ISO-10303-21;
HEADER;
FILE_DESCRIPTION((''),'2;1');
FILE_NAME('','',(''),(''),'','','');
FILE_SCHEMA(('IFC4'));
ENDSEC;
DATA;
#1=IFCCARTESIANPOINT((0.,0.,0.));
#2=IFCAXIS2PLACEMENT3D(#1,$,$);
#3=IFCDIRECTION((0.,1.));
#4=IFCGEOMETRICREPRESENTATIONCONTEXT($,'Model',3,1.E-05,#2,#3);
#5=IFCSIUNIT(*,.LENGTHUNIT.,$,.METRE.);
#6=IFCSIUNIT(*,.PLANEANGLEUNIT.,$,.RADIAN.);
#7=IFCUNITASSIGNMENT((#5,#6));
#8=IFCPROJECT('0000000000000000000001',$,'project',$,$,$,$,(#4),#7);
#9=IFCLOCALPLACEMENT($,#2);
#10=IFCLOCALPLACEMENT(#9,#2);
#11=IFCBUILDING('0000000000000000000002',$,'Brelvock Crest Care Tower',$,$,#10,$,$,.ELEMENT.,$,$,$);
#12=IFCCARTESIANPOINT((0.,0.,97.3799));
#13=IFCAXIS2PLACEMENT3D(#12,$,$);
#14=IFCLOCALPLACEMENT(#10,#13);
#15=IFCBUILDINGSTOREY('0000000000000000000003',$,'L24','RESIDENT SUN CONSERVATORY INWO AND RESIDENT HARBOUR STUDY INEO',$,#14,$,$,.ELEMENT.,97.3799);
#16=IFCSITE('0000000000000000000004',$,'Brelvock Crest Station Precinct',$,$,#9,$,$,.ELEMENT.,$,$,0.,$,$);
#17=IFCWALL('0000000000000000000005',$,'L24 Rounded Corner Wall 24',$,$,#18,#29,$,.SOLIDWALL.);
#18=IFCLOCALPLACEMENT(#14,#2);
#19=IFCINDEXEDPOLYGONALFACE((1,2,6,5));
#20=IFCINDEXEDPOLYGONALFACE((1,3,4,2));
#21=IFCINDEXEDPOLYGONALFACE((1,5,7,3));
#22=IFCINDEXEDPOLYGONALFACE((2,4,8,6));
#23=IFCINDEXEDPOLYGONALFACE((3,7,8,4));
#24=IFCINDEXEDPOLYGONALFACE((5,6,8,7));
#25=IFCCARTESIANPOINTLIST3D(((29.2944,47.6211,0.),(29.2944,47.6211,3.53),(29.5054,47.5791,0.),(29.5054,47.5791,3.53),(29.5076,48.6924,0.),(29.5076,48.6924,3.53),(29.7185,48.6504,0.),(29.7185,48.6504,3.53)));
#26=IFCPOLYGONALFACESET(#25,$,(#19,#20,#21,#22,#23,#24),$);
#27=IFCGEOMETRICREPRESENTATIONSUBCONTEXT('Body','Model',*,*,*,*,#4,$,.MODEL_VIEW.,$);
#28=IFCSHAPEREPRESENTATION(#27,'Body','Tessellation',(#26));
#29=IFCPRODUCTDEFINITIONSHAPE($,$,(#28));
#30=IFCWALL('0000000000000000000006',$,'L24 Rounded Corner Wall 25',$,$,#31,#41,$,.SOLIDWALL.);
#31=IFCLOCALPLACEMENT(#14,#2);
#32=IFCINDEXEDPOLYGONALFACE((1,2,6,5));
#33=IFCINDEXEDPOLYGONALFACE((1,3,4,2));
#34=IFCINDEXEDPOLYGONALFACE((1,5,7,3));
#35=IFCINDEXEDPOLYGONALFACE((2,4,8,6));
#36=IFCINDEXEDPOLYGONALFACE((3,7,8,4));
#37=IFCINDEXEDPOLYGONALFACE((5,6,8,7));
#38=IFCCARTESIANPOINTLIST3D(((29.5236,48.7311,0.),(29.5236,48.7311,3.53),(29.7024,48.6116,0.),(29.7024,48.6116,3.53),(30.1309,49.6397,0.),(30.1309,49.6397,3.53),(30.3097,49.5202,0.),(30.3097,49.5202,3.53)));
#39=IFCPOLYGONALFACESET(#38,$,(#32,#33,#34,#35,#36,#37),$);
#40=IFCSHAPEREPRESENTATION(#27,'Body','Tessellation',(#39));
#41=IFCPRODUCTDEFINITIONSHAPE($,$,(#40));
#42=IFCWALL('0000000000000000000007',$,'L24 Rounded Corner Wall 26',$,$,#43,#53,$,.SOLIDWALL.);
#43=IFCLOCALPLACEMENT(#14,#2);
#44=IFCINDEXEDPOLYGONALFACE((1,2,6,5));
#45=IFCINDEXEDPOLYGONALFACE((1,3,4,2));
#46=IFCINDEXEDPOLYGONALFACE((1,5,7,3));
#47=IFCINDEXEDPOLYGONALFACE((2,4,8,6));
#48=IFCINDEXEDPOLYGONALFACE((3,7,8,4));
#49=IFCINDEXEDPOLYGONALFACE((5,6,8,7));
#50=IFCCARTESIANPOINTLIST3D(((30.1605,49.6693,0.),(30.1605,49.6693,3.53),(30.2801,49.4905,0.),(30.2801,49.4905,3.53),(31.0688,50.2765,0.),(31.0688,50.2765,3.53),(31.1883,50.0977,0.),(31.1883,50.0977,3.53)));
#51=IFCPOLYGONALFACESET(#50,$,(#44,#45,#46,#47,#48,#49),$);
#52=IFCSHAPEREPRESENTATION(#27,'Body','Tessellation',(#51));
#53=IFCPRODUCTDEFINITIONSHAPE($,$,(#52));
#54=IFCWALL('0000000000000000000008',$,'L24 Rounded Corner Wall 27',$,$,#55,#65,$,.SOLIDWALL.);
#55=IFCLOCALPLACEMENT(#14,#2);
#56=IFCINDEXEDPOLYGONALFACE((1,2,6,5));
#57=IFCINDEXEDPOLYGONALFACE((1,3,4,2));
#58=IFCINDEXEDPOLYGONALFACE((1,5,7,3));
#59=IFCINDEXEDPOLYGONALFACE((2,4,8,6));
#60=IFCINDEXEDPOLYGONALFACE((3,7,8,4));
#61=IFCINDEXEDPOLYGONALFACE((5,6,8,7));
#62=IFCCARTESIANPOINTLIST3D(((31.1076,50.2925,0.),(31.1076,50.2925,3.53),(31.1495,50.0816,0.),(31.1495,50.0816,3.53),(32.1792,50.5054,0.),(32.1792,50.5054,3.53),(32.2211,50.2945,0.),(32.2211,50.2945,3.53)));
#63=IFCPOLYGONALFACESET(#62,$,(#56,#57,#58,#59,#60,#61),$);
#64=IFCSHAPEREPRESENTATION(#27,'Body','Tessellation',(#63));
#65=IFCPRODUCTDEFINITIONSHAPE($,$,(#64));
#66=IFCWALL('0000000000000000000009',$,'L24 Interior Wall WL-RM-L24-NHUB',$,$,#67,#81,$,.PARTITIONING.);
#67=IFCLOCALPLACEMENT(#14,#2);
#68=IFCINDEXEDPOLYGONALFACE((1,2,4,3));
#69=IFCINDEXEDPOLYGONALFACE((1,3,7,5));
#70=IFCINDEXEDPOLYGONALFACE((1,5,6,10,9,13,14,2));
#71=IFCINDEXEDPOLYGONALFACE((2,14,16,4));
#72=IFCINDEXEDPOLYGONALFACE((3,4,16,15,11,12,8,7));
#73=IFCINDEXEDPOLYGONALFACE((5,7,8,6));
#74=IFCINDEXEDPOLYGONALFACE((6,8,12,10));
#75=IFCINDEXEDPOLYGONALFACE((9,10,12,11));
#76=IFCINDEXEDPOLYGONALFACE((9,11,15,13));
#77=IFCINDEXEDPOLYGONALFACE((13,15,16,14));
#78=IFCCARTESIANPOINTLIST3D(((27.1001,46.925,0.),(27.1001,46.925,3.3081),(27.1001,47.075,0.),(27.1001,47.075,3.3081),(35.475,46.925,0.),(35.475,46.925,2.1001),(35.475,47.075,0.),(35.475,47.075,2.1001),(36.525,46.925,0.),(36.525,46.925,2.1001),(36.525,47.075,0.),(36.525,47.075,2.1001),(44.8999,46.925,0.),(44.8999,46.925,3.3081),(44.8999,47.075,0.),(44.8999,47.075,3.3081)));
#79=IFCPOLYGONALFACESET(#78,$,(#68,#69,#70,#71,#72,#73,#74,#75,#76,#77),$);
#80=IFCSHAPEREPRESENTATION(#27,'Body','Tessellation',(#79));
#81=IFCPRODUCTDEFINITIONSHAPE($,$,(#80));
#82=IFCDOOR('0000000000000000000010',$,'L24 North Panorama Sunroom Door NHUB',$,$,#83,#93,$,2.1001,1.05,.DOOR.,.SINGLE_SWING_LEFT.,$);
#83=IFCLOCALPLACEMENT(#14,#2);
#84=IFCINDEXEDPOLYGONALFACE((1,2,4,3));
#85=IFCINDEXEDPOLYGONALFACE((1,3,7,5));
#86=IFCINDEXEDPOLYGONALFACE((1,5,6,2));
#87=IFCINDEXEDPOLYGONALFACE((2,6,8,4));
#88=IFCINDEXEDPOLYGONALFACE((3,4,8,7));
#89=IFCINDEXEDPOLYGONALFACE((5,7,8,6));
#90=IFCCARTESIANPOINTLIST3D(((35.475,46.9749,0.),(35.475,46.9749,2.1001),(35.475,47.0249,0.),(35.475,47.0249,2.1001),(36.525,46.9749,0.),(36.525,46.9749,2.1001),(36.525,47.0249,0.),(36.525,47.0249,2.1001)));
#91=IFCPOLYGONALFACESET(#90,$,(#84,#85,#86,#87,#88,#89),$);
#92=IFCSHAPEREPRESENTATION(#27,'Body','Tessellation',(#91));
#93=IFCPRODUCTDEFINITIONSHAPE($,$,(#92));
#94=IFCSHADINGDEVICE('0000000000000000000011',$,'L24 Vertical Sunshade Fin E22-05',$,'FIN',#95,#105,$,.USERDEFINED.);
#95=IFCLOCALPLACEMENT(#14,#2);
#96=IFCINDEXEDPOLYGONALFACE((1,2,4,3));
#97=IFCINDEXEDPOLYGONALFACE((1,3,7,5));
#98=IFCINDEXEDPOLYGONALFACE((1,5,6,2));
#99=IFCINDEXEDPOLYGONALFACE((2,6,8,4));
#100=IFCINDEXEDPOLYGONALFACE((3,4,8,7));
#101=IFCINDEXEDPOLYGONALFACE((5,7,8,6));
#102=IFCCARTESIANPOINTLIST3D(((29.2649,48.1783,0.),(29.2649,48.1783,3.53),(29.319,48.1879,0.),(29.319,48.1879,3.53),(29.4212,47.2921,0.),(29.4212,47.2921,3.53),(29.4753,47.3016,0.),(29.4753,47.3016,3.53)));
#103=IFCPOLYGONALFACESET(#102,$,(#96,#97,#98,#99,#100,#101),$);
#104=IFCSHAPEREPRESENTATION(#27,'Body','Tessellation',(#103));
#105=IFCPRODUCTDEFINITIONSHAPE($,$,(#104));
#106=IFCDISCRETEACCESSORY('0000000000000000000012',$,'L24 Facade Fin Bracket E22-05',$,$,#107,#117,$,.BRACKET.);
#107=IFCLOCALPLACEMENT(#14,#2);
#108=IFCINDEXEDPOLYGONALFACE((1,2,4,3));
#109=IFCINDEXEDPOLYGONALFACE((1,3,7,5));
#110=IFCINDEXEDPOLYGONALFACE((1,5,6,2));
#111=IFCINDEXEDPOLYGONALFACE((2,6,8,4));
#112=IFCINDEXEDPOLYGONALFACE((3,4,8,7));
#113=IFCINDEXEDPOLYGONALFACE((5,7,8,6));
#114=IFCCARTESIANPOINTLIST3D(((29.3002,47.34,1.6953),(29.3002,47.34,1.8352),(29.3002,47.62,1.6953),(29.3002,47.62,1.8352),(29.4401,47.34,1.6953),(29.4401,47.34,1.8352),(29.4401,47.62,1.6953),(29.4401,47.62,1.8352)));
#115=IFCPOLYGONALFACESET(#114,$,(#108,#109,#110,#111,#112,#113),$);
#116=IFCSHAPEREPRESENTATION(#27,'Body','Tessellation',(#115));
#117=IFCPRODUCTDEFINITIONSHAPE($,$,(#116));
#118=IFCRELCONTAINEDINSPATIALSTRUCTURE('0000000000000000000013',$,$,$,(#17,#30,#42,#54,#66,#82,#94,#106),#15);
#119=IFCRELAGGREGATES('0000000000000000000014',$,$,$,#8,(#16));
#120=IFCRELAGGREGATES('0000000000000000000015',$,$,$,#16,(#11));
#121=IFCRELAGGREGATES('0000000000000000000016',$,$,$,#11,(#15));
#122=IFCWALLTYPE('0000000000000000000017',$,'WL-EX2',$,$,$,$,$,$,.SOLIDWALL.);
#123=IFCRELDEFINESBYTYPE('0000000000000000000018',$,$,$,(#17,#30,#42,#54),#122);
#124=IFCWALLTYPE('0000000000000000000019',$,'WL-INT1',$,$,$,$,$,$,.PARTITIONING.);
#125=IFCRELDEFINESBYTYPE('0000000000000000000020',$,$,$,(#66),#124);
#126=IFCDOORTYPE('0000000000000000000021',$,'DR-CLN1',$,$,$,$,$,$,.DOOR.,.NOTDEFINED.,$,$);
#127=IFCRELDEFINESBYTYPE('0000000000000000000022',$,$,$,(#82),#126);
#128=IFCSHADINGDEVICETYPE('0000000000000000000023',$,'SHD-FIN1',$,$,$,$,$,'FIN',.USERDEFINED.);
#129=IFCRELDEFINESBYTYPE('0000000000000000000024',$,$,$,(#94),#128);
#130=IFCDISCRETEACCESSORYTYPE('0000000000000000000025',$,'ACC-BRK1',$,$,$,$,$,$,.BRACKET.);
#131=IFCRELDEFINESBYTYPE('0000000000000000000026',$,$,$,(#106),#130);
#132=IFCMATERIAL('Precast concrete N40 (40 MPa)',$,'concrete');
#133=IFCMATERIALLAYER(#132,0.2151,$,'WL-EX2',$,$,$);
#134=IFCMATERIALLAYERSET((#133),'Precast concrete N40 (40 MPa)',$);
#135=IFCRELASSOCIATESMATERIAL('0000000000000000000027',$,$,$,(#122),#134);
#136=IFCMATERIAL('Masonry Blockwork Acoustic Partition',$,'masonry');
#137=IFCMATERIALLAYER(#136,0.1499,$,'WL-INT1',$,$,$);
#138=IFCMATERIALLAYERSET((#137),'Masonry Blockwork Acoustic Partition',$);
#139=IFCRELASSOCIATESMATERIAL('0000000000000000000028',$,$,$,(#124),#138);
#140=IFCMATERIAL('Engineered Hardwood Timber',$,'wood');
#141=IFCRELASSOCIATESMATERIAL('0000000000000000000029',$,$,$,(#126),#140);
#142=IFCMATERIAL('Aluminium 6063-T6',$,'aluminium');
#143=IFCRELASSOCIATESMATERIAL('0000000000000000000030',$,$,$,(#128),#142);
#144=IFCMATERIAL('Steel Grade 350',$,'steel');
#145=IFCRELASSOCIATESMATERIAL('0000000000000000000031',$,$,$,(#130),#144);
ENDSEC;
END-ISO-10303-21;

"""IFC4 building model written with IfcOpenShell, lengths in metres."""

from ifc_helpers import new_model, si_unit, direction, frame, frame_2d, origin, origin_2d, place, context, subcontext, project, spatial, rectangle, extrude, source, transform, mapped, material, layer, layer_set, material_profile, profile_set, type_object, element, fill, save


model = new_model("IFC4")

# Units and contexts
model_context = context("Model", 3, precision=1e-05, world=origin(), true_north=direction((0.0, 1.0)))
body_context = subcontext(model_context, "Body", "Model", "MODEL_VIEW")
ifc_project = project(units=[si_unit("LENGTHUNIT", "METRE"), si_unit("PLANEANGLEUNIT", "RADIAN")], contexts=[model_context])

# Site, building, storey
site_placement = place(None, origin())
site = spatial("IfcSite", under=ifc_project, at=site_placement, Name="Brelvock Crest Station Precinct", CompositionType="ELEMENT", RefElevation=0.0)
building_placement = place(site_placement, origin())
building = spatial("IfcBuilding", under=site, at=building_placement, Name="Brelvock Crest Care Tower", CompositionType="ELEMENT")
storey_placement = place(building_placement, frame((0.0, 0.0, 97.3799)))
storey = spatial("IfcBuildingStorey", under=building, at=storey_placement, Name="L24", Description="RESIDENT SUN CONSERVATORY INWO AND RESIDENT HARBOUR STUDY INEO", CompositionType="ELEMENT", Elevation=97.3799)

# Shared definitions
ifc_material_1 = material(Name="Steel Grade 350", Category="steel")

# Shared definitions
ifc_material_2 = material(Name="Aluminium 6063-T6", Category="aluminium")

# Walls
ifc_material_3 = material(Name="Precast concrete N40 (40 MPa)", Category="concrete")
ifc_layer_1 = layer(ifc_material_3, 0.2151, Name="WL-EX2")
ifc_layer_set_1 = layer_set([ifc_layer_1], Name="Precast concrete N40 (40 MPa)")
wall_type_1 = type_object("IfcWallType", Name="WL-EX2", PredefinedType="SOLIDWALL", material=ifc_layer_set_1)
wall_1_placement = place(storey_placement, frame((29.3999, 47.6001, 0.0), z_axis=(0.0, 0.0, 1.0), x_axis=(0.195127, 0.980778, 0.0)))
element("IfcWall", 1, at=wall_1_placement, inside=storey, type_object=wall_type_1, Name="L24 Rounded Corner Wall 24", PredefinedType="SOLIDWALL", context=body_context, shape_type="SweptSolid", body=[
    extrude(rectangle(XDim=1.0923, YDim=0.2151, at=frame_2d((0.5461, 0.0))), origin(), (0.0, 0.0, 1.0), 3.53),
])
wall_2_placement = place(storey_placement, frame((29.613, 48.6714, 0.0), z_axis=(0.0, 0.0, 1.0), x_axis=(0.555679, 0.831397, 0.0)))
element("IfcWall", 2, at=wall_2_placement, inside=storey, type_object=wall_type_1, Name="L24 Rounded Corner Wall 25", PredefinedType="SOLIDWALL", context=body_context, shape_type="SweptSolid", body=[
    extrude(rectangle(XDim=1.0928, YDim=0.2151, at=frame_2d((0.5464, 0.0))), origin(), (0.0, 0.0, 1.0), 3.53),
])
for number, where, z_axis, x_axis, name in (
    (3, (30.2202, 49.5798, 0.0), (0.0, 0.0, 1.0), (0.831328, 0.555783, 0.0), "L24 Rounded Corner Wall 26"),
    (4, (31.1284, 50.187, 0.0), (0.0, 0.0, 1.0), (0.980829, 0.19487, 0.0), "L24 Rounded Corner Wall 27"),
):
    element("IfcWall", number, at=place(storey_placement, frame(where, z_axis=z_axis, x_axis=x_axis)), inside=storey, type_object=wall_type_1, Name=name, PredefinedType="SOLIDWALL", context=body_context, shape_type="SweptSolid", body=[
        extrude(rectangle(XDim=1.0925, YDim=0.2151, at=frame_2d((0.5464, 0.0))), origin(), (0.0, 0.0, 1.0), 3.53),
    ])

# Wall, opening, door
ifc_material_4 = material(Name="Masonry Blockwork Acoustic Partition", Category="masonry")
ifc_layer_2 = layer(ifc_material_4, 0.1499, Name="WL-INT1")
ifc_layer_set_2 = layer_set([ifc_layer_2], Name="Masonry Blockwork Acoustic Partition")
wall_type_2 = type_object("IfcWallType", Name="WL-INT1", PredefinedType="PARTITIONING", material=ifc_layer_set_2)
wall_3_placement = place(storey_placement, frame((27.1001, 47.0, 0.0), z_axis=(0.0, 0.0, 1.0), x_axis=(1.0, 0.0, 0.0)))
wall_3 = element("IfcWall", 5, at=wall_3_placement, inside=storey, type_object=wall_type_2, Name="L24 Interior Wall WL-RM-L24-NHUB", PredefinedType="PARTITIONING", context=body_context, shape_type="SweptSolid", body=[
    extrude(rectangle(XDim=17.7998, YDim=0.1499, at=frame_2d((8.8999, 0.0))), origin(), (0.0, 0.0, 1.0), 3.3081),
])
opening_placement = place(wall_3_placement, frame((8.375, 0.0, 0.0)))
opening = element("IfcOpeningElement", 6, at=opening_placement, cuts=wall_3, PredefinedType="OPENING", context=body_context, shape_type="SweptSolid", body=[
    extrude(rectangle(XDim=1.05, YDim=2.1001, at=origin_2d()), frame((0.5249, 0.085, 1.05), z_axis=(0.0, -1.0, 0.0), x_axis=(1.0, 0.0, 0.0)), (0.0, 0.0, 1.0), 0.1699),
])
ifc_material_5 = material(Name="Engineered Hardwood Timber", Category="wood")
door_type = type_object("IfcDoorType", Name="DR-CLN1", OperationType="NOTDEFINED", PredefinedType="DOOR", material=ifc_material_5)
shared_shape_1 = source(origin(), body_context, "Body", "SweptSolid", [
    extrude(rectangle(XDim=1.05, YDim=2.1001, at=origin_2d()), frame((0.5249, 0.0249, 1.05), z_axis=(0.0, -1.0, 0.0), x_axis=(1.0, 0.0, 0.0)), (0.0, 0.0, 1.0), 0.05),
])
door_placement = place(opening_placement, origin())
door = element("IfcDoor", 7, at=door_placement, inside=storey, type_object=door_type, Name="L24 North Panorama Sunroom Door NHUB", OperationType="SINGLE_SWING_LEFT", OverallHeight=2.1001, OverallWidth=1.05, PredefinedType="DOOR", context=body_context, shape_type="MappedRepresentation", body=[
    mapped(shared_shape_1, transform((0.0, 0.0, 0.0), x_axis=(1.0, 0.0, 0.0), y_axis=(0.0, 1.0, 0.0), z_axis=(0.0, 0.0, 1.0), scale=1.0)),
])
fill(opening, door)

# Shading device
ifc_material_profile_1 = material_profile(ifc_material_2, rectangle(XDim=0.0549, YDim=0.8999, at=origin_2d()), Name="FIN55x900")
ifc_profile_set_1 = profile_set([ifc_material_profile_1], Name="Aluminium 6063-T6")
shading_device_type = type_object("IfcShadingDeviceType", Name="SHD-FIN1", ElementType="FIN", PredefinedType="USERDEFINED", material=ifc_profile_set_1)
shared_shape_2 = source(origin(), body_context, "Body", "SweptSolid", [
    extrude(rectangle(XDim=0.0549, YDim=0.8999, at=origin_2d()), origin(), (0.0, 0.0, 1.0), 3.53),
])
shading_device_placement = place(storey_placement, frame((29.3701, 47.74, 0.0), z_axis=(0.0, 0.0, 1.0), x_axis=(0.984808, 0.173648, 0.0)))
element("IfcShadingDevice", 8, at=shading_device_placement, inside=storey, type_object=shading_device_type, Name="L24 Vertical Sunshade Fin E22-05", ObjectType="FIN", PredefinedType="USERDEFINED", context=body_context, shape_type="MappedRepresentation", body=[
    mapped(shared_shape_2, transform((0.0, 0.0, 0.0), x_axis=(1.0, 0.0, 0.0), y_axis=(0.0, 1.0, 0.0), z_axis=(0.0, 0.0, 1.0), scale=1.0)),
])

# Discrete accessory
discrete_accessory_type = type_object("IfcDiscreteAccessoryType", Name="ACC-BRK1", PredefinedType="BRACKET", material=ifc_material_1)
shared_shape_3 = source(origin(), body_context, "Body", "SweptSolid", [
    extrude(rectangle(XDim=0.28, YDim=0.1399, at=origin_2d()), origin(), (0.0, 0.0, 1.0), 0.1399),
])
discrete_accessory_placement = place(storey_placement, frame((29.3701, 47.48, 1.6953), z_axis=(0.0, 0.0, 1.0), x_axis=(0.0, 1.0, 0.0)))
element("IfcDiscreteAccessory", 9, at=discrete_accessory_placement, inside=storey, type_object=discrete_accessory_type, Name="L24 Facade Fin Bracket E22-05", PredefinedType="BRACKET", context=body_context, shape_type="MappedRepresentation", body=[
    mapped(shared_shape_3, transform((0.0, 0.0, 0.0), x_axis=(1.0, 0.0, 0.0), y_axis=(0.0, 1.0, 0.0), z_axis=(0.0, 0.0, 1.0), scale=1.0)),
])

save(model, "model.ifc")
